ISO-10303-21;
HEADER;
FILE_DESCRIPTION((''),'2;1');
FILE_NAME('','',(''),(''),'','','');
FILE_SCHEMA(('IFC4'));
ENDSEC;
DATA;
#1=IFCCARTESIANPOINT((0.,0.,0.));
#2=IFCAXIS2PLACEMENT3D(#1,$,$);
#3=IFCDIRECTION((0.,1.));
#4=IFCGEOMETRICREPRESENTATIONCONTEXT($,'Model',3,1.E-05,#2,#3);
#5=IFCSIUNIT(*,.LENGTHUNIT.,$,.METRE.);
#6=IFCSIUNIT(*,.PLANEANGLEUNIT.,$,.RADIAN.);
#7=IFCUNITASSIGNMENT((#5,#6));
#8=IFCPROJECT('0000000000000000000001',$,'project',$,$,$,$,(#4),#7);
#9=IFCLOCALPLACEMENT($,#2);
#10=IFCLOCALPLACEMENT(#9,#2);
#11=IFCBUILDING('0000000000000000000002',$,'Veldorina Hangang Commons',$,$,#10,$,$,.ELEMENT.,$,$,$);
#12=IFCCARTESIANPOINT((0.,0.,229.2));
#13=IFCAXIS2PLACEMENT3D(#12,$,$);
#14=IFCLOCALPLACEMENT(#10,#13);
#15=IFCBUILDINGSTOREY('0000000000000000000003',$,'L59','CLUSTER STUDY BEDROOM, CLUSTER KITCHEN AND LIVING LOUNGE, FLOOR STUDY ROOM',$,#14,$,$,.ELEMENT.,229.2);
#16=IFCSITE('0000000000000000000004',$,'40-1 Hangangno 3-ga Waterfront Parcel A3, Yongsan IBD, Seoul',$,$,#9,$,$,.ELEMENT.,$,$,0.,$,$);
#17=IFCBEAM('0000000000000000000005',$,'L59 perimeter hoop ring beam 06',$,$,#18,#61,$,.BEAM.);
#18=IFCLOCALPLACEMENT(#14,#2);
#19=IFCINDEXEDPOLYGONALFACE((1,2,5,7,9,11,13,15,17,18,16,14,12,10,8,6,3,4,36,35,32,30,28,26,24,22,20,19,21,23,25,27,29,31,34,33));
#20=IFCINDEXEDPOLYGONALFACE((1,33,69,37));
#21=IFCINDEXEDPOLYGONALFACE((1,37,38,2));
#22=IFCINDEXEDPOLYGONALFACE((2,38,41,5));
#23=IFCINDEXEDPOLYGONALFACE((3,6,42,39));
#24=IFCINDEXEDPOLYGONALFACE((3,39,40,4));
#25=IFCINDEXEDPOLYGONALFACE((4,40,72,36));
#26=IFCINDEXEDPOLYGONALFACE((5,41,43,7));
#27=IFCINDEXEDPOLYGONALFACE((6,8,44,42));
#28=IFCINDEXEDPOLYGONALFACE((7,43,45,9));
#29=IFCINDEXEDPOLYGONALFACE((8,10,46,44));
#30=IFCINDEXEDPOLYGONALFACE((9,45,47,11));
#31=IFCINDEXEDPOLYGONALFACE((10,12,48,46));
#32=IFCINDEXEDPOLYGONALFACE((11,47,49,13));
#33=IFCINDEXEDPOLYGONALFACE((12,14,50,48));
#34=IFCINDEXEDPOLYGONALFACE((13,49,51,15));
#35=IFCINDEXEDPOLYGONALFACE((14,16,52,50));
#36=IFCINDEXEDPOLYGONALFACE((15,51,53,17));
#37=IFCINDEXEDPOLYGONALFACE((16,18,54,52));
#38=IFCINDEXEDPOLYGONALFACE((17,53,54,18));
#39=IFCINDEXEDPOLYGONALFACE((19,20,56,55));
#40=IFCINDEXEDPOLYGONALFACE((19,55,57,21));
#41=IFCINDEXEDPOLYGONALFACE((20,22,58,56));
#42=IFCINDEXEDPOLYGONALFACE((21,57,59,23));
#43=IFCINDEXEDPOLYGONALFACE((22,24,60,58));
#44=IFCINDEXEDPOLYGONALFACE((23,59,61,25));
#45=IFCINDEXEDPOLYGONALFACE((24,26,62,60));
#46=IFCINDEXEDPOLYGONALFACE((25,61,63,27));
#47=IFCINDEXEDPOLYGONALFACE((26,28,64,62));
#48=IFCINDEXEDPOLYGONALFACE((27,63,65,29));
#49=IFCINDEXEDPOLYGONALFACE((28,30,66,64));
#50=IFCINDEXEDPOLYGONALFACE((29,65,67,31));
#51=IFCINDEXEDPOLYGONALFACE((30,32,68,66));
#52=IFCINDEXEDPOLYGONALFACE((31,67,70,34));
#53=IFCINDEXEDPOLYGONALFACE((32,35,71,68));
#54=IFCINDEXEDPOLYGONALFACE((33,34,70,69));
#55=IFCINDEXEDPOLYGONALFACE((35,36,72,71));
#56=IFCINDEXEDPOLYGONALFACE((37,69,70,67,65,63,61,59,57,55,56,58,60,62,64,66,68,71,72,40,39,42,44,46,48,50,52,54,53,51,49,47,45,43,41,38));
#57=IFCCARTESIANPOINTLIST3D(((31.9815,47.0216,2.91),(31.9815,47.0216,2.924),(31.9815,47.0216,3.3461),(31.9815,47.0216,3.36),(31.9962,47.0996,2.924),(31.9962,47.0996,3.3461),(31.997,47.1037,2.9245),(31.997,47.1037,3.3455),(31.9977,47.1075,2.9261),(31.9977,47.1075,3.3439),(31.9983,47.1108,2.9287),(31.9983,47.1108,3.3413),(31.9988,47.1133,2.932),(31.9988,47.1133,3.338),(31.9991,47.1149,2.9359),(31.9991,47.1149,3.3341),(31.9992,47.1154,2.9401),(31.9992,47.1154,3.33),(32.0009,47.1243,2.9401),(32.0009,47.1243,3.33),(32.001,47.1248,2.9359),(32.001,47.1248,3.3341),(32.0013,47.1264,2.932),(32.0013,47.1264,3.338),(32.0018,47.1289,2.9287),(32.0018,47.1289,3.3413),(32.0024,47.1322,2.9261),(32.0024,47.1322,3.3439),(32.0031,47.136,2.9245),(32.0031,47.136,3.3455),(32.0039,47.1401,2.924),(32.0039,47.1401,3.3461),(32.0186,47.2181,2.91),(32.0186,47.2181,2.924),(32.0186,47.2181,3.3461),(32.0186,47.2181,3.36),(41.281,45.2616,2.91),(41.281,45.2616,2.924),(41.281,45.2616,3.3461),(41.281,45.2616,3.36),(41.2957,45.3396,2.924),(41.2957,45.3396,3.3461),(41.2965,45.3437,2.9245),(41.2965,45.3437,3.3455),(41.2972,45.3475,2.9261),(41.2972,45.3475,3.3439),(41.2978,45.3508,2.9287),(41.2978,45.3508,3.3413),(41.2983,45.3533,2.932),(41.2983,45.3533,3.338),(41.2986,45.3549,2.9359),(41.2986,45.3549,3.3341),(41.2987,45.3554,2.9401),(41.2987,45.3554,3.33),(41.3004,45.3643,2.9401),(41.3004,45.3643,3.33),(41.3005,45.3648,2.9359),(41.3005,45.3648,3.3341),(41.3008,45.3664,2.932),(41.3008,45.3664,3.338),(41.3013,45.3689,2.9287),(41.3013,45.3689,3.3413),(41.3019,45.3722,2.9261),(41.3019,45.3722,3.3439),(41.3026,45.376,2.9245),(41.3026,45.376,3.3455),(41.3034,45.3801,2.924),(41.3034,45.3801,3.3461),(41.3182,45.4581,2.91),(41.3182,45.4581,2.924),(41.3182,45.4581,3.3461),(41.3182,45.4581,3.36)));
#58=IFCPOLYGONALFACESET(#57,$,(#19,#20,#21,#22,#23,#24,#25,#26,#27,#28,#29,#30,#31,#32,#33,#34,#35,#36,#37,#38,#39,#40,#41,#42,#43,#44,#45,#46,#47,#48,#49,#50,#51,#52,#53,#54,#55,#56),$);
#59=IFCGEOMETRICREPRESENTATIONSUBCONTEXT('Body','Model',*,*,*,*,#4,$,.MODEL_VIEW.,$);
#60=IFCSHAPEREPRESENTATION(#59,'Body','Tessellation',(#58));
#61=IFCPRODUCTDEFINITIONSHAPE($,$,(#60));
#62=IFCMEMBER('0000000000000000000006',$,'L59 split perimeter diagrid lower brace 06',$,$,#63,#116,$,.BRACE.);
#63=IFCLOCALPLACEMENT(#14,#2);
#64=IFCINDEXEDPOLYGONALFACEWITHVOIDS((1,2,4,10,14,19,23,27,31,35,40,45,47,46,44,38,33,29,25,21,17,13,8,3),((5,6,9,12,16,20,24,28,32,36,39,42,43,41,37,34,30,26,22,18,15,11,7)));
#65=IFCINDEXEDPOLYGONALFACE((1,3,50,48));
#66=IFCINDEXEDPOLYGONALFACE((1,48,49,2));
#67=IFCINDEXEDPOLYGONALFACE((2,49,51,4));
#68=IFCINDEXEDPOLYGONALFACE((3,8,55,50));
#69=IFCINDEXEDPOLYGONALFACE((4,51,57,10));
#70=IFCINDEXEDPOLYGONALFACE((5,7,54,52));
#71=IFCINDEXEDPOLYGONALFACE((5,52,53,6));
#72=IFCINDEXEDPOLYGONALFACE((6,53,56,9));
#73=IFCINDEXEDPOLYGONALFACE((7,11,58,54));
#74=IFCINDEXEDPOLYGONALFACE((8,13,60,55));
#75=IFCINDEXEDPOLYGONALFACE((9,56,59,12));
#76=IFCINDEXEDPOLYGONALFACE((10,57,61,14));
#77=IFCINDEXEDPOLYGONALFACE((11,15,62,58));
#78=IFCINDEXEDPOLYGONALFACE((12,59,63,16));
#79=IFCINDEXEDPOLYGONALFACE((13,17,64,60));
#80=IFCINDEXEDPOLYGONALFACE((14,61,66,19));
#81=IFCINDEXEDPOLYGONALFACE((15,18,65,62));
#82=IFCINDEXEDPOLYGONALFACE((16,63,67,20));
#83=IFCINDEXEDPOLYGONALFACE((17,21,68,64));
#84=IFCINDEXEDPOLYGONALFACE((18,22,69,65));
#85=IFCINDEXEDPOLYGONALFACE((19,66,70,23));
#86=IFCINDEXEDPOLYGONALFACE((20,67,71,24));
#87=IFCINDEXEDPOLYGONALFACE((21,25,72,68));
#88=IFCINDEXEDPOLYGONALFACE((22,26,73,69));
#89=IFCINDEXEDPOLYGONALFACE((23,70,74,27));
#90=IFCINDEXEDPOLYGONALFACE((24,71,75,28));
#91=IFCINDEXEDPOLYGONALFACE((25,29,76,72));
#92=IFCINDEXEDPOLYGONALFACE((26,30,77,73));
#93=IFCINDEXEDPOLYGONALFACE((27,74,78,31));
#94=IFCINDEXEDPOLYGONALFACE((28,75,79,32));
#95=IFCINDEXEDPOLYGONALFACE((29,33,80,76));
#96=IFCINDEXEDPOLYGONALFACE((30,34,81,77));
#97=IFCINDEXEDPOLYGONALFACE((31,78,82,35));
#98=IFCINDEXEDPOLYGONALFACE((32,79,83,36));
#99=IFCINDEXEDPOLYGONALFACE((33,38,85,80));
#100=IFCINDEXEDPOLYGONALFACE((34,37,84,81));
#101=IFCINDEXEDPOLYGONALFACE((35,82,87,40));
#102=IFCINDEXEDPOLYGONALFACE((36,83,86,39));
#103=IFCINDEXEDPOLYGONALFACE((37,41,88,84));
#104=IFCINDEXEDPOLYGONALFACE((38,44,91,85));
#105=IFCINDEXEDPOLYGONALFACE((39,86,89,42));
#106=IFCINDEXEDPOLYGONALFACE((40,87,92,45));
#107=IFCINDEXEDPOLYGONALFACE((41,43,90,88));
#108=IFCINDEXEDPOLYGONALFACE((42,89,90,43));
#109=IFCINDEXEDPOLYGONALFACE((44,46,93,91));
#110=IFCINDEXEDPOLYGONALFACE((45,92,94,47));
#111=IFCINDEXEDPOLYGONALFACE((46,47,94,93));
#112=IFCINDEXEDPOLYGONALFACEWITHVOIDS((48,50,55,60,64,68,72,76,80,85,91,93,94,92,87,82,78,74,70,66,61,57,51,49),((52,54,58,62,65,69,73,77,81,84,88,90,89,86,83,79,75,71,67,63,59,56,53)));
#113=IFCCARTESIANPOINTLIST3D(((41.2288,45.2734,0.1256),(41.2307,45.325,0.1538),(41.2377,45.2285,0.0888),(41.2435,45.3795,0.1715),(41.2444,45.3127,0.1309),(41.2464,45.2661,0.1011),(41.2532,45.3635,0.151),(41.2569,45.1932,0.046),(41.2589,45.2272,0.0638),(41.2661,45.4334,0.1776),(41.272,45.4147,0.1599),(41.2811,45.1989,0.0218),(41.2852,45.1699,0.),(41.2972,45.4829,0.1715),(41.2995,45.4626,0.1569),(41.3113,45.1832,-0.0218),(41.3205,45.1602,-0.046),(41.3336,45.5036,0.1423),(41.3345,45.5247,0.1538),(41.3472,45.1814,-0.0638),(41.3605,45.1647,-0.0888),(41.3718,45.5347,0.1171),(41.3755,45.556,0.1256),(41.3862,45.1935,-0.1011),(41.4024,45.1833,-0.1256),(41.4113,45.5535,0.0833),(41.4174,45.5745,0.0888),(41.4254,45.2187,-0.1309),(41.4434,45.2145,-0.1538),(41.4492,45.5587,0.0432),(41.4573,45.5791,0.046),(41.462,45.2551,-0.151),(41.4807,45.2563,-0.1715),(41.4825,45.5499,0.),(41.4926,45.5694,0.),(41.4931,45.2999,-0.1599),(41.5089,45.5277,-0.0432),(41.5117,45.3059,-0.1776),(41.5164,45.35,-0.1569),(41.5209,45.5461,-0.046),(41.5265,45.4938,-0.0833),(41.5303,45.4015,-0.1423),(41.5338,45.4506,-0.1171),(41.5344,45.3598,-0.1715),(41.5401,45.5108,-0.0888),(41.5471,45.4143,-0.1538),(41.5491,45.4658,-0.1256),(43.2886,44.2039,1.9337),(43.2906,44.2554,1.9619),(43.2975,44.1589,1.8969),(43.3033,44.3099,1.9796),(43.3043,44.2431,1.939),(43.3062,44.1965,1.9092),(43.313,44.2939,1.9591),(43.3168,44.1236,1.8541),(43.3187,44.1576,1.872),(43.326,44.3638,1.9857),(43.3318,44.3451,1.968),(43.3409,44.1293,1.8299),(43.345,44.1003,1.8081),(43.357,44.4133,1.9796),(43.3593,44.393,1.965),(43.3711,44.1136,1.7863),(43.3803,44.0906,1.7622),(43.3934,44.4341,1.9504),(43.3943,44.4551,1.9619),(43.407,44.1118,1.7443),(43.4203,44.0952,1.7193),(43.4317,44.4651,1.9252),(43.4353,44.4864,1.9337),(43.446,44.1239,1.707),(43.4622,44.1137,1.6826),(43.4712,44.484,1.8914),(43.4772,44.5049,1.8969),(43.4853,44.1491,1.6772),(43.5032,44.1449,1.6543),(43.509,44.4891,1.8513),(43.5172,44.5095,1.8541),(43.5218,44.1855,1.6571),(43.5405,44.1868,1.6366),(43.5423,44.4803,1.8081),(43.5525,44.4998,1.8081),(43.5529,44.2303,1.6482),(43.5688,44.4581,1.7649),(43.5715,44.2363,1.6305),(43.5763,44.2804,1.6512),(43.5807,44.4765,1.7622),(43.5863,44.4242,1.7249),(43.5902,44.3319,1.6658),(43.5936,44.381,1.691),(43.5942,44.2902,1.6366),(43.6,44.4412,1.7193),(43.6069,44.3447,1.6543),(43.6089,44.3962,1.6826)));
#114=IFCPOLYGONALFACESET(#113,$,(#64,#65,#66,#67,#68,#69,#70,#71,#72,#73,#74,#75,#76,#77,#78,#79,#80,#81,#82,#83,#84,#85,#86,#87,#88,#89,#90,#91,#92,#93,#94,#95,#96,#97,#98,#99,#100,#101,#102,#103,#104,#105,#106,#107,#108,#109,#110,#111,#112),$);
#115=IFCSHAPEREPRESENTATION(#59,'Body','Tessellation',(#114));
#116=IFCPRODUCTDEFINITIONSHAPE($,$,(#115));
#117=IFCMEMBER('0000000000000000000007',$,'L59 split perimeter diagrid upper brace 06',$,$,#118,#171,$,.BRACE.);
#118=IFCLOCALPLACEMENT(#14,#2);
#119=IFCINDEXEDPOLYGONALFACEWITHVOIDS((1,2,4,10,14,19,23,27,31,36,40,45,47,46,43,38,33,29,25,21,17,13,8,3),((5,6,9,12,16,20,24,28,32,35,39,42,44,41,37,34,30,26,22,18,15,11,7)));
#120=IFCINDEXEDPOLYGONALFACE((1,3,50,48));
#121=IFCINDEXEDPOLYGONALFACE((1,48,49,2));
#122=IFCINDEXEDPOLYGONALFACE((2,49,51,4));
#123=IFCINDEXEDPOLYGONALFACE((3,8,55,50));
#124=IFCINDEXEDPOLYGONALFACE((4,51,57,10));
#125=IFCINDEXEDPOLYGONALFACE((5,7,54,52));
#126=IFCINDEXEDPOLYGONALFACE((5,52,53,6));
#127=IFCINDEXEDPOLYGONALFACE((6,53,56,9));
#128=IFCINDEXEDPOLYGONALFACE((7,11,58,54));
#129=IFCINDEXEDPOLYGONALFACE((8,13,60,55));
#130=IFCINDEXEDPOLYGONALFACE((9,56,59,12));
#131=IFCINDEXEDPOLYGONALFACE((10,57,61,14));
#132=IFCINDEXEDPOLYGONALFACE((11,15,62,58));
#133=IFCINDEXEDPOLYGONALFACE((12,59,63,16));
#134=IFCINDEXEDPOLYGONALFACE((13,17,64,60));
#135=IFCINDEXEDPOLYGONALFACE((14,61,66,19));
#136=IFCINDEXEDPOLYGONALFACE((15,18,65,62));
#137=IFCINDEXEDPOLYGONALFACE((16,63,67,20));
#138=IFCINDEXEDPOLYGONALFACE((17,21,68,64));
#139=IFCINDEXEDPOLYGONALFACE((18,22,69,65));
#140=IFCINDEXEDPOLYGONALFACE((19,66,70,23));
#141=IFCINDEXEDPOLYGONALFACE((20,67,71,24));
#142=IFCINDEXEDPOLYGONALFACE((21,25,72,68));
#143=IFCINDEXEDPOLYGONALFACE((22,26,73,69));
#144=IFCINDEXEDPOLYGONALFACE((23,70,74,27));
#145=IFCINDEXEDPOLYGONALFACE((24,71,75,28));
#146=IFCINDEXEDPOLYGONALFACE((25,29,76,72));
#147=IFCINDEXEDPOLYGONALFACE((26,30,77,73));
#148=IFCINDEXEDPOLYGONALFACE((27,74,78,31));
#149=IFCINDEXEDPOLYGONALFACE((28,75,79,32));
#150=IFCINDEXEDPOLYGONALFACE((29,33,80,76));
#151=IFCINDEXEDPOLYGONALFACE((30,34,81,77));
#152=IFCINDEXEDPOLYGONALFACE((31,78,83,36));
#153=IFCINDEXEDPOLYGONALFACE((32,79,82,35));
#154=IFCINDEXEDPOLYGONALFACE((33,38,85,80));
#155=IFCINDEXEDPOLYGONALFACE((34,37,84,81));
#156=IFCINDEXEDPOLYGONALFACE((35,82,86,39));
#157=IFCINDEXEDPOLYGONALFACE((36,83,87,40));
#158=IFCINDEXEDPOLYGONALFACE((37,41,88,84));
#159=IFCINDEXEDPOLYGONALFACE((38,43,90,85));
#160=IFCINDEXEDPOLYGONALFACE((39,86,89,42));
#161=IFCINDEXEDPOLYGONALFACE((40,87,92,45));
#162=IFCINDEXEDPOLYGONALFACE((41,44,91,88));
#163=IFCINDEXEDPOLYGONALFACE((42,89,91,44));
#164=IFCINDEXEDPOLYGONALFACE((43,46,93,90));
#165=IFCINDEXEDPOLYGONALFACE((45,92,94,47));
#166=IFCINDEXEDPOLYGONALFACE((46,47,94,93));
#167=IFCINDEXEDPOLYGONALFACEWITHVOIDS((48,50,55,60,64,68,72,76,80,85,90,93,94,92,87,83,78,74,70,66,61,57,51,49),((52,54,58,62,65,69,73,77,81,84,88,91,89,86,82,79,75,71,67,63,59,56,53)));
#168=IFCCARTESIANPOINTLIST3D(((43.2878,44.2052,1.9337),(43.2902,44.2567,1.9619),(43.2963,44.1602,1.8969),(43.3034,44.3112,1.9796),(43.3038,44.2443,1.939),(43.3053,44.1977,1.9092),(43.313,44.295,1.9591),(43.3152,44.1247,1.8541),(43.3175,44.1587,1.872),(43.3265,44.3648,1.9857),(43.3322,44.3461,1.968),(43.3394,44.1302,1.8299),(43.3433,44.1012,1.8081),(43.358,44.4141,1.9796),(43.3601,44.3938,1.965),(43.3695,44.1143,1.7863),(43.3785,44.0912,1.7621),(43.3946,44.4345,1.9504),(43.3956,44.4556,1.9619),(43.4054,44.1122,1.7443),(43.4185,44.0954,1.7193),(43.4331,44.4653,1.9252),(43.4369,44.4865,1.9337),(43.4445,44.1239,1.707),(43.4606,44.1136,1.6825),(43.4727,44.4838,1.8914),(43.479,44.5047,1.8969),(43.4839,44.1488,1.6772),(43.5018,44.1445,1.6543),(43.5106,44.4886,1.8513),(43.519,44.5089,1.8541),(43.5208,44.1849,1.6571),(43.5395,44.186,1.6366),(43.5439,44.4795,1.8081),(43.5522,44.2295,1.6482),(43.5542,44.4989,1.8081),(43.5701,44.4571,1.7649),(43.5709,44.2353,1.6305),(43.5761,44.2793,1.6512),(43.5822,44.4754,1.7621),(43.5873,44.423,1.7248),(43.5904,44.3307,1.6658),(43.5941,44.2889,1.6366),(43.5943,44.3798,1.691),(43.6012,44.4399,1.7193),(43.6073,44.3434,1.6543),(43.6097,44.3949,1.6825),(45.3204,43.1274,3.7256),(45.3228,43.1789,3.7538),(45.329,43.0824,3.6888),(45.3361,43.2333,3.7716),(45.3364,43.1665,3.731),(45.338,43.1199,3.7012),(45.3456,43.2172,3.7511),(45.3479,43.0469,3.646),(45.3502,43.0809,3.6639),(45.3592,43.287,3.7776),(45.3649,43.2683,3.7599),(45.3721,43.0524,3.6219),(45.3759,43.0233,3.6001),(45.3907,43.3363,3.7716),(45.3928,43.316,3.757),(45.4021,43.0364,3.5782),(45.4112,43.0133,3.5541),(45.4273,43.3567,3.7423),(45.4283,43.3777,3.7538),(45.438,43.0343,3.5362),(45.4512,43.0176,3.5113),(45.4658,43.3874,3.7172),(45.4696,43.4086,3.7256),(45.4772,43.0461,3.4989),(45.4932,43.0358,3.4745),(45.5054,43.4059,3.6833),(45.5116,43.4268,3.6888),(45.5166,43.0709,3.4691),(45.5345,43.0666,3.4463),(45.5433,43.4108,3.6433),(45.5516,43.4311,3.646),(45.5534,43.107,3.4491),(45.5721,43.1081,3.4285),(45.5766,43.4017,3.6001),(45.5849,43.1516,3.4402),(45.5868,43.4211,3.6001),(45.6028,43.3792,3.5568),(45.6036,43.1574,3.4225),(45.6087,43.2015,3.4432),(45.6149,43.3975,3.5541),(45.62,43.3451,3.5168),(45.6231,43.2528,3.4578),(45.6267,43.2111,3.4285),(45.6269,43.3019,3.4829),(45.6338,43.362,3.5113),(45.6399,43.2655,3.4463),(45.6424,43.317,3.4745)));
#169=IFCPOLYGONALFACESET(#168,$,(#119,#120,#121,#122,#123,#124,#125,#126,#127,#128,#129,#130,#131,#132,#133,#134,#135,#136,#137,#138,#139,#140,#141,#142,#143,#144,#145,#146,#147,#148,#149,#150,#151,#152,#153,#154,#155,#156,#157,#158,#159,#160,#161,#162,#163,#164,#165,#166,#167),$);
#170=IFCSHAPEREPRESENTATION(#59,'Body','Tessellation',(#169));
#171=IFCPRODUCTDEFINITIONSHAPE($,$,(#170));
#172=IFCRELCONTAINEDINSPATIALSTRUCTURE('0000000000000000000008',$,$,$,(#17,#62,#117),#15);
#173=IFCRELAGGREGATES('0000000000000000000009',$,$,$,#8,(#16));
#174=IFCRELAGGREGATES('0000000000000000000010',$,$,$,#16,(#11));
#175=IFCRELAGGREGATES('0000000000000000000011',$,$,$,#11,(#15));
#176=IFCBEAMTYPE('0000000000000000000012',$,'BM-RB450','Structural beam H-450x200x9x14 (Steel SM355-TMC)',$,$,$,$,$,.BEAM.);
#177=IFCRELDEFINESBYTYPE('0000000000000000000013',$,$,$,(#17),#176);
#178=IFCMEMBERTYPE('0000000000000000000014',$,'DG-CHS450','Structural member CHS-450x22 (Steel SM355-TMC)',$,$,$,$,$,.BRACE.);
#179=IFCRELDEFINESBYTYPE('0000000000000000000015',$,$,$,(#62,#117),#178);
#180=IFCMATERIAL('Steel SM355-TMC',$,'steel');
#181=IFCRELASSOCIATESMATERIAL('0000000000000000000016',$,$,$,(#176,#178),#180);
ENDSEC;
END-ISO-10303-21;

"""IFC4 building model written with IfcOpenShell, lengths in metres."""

from ifc_helpers import new_model, si_unit, direction, frame, origin, origin_2d, place, context, subcontext, project, spatial, hollow_circle, i_section, extrude, material, material_profile, profile_set, type_object, element, save


model = new_model("IFC4")

# Units and contexts
model_context = context("Model", 3, precision=1e-05, world=origin(), true_north=direction((0.0, 1.0)))
body_context = subcontext(model_context, "Body", "Model", "MODEL_VIEW")
ifc_project = project(units=[si_unit("LENGTHUNIT", "METRE"), si_unit("PLANEANGLEUNIT", "RADIAN")], contexts=[model_context])

# Site, building, storey
site_placement = place(None, origin())
site = spatial("IfcSite", under=ifc_project, at=site_placement, Name="40-1 Hangangno 3-ga Waterfront Parcel A3, Yongsan IBD, Seoul", CompositionType="ELEMENT", RefElevation=0.0)
building_placement = place(site_placement, origin())
building = spatial("IfcBuilding", under=site, at=building_placement, Name="Veldorina Hangang Commons", CompositionType="ELEMENT")
storey_placement = place(building_placement, frame((0.0, 0.0, 229.2)))
storey = spatial("IfcBuildingStorey", under=building, at=storey_placement, Name="L59", Description="CLUSTER STUDY BEDROOM, CLUSTER KITCHEN AND LIVING LOUNGE, FLOOR STUDY ROOM", CompositionType="ELEMENT", Elevation=229.2)

# Beam
ifc_material_1 = material(Name="Steel SM355-TMC", Category="steel")
ifc_material_profile_1 = material_profile(ifc_material_1, i_section(OverallWidth=0.2, OverallDepth=0.45, WebThickness=0.009, FlangeThickness=0.0139, FilletRadius=0.0161, at=origin_2d()), Name="H-450x200x9x14")
ifc_profile_set_1 = profile_set([ifc_material_profile_1], Name="Steel SM355-TMC")
beam_type = type_object("IfcBeamType", Name="BM-RB450", Description="Structural beam H-450x200x9x14 (Steel SM355-TMC)", PredefinedType="BEAM", material=ifc_profile_set_1)
beam_placement = place(storey_placement, frame((41.2996, 45.3599, 3.135), z_axis=(-0.982558, 0.185956, 0.0), x_axis=(-0.185956, -0.982558, 0.0)))
element("IfcBeam", 1, at=beam_placement, inside=storey, type_object=beam_type, Name="L59 perimeter hoop ring beam 06", PredefinedType="BEAM", context=body_context, shape_type="SweptSolid", body=[
    extrude(i_section(OverallWidth=0.2, OverallDepth=0.45, WebThickness=0.009, FlangeThickness=0.0139, FilletRadius=0.0161, at=origin_2d()), origin(), (0.0, 0.0, 1.0), 9.4646),
])

# Members
ifc_material_profile_2 = material_profile(ifc_material_1, hollow_circle(Radius=0.2251, WallThickness=0.022, at=origin_2d()), Name="CHS-450x22")
ifc_profile_set_2 = profile_set([ifc_material_profile_2], Name="Steel SM355-TMC")
member_type_1 = type_object("IfcMemberType", Name="DG-CHS450", Description="Structural member CHS-450x22 (Steel SM355-TMC)", PredefinedType="BRACE", material=ifc_profile_set_2)
member_1_placement = place(storey_placement, frame((41.3889, 45.3696, 0.0), z_axis=(0.700112, -0.36354, 0.614558), x_axis=(0.460836, 0.887485, 0.0)))
element("IfcMember", 2, at=member_1_placement, inside=storey, type_object=member_type_1, Name="L59 split perimeter diagrid lower brace 06", PredefinedType="BRACE", context=body_context, shape_type="SweptSolid", body=[
    extrude(hollow_circle(Radius=0.2251, WallThickness=0.022, at=origin_2d()), origin(), (0.0, 0.0, 1.0), 2.9421),
])
member_2_placement = place(storey_placement, frame((43.4487, 44.3, 1.8081), z_axis=(0.697011, -0.369602, 0.614468), x_axis=(0.468478, 0.883475, 0.0)))
element("IfcMember", 3, at=member_2_placement, inside=storey, type_object=member_type_1, Name="L59 split perimeter diagrid upper brace 06", PredefinedType="BRACE", context=body_context, shape_type="SweptSolid", body=[
    extrude(hollow_circle(Radius=0.2251, WallThickness=0.022, at=origin_2d()), origin(), (0.0, 0.0, 1.0), 2.9163),
])

save(model, "model.ifc")
